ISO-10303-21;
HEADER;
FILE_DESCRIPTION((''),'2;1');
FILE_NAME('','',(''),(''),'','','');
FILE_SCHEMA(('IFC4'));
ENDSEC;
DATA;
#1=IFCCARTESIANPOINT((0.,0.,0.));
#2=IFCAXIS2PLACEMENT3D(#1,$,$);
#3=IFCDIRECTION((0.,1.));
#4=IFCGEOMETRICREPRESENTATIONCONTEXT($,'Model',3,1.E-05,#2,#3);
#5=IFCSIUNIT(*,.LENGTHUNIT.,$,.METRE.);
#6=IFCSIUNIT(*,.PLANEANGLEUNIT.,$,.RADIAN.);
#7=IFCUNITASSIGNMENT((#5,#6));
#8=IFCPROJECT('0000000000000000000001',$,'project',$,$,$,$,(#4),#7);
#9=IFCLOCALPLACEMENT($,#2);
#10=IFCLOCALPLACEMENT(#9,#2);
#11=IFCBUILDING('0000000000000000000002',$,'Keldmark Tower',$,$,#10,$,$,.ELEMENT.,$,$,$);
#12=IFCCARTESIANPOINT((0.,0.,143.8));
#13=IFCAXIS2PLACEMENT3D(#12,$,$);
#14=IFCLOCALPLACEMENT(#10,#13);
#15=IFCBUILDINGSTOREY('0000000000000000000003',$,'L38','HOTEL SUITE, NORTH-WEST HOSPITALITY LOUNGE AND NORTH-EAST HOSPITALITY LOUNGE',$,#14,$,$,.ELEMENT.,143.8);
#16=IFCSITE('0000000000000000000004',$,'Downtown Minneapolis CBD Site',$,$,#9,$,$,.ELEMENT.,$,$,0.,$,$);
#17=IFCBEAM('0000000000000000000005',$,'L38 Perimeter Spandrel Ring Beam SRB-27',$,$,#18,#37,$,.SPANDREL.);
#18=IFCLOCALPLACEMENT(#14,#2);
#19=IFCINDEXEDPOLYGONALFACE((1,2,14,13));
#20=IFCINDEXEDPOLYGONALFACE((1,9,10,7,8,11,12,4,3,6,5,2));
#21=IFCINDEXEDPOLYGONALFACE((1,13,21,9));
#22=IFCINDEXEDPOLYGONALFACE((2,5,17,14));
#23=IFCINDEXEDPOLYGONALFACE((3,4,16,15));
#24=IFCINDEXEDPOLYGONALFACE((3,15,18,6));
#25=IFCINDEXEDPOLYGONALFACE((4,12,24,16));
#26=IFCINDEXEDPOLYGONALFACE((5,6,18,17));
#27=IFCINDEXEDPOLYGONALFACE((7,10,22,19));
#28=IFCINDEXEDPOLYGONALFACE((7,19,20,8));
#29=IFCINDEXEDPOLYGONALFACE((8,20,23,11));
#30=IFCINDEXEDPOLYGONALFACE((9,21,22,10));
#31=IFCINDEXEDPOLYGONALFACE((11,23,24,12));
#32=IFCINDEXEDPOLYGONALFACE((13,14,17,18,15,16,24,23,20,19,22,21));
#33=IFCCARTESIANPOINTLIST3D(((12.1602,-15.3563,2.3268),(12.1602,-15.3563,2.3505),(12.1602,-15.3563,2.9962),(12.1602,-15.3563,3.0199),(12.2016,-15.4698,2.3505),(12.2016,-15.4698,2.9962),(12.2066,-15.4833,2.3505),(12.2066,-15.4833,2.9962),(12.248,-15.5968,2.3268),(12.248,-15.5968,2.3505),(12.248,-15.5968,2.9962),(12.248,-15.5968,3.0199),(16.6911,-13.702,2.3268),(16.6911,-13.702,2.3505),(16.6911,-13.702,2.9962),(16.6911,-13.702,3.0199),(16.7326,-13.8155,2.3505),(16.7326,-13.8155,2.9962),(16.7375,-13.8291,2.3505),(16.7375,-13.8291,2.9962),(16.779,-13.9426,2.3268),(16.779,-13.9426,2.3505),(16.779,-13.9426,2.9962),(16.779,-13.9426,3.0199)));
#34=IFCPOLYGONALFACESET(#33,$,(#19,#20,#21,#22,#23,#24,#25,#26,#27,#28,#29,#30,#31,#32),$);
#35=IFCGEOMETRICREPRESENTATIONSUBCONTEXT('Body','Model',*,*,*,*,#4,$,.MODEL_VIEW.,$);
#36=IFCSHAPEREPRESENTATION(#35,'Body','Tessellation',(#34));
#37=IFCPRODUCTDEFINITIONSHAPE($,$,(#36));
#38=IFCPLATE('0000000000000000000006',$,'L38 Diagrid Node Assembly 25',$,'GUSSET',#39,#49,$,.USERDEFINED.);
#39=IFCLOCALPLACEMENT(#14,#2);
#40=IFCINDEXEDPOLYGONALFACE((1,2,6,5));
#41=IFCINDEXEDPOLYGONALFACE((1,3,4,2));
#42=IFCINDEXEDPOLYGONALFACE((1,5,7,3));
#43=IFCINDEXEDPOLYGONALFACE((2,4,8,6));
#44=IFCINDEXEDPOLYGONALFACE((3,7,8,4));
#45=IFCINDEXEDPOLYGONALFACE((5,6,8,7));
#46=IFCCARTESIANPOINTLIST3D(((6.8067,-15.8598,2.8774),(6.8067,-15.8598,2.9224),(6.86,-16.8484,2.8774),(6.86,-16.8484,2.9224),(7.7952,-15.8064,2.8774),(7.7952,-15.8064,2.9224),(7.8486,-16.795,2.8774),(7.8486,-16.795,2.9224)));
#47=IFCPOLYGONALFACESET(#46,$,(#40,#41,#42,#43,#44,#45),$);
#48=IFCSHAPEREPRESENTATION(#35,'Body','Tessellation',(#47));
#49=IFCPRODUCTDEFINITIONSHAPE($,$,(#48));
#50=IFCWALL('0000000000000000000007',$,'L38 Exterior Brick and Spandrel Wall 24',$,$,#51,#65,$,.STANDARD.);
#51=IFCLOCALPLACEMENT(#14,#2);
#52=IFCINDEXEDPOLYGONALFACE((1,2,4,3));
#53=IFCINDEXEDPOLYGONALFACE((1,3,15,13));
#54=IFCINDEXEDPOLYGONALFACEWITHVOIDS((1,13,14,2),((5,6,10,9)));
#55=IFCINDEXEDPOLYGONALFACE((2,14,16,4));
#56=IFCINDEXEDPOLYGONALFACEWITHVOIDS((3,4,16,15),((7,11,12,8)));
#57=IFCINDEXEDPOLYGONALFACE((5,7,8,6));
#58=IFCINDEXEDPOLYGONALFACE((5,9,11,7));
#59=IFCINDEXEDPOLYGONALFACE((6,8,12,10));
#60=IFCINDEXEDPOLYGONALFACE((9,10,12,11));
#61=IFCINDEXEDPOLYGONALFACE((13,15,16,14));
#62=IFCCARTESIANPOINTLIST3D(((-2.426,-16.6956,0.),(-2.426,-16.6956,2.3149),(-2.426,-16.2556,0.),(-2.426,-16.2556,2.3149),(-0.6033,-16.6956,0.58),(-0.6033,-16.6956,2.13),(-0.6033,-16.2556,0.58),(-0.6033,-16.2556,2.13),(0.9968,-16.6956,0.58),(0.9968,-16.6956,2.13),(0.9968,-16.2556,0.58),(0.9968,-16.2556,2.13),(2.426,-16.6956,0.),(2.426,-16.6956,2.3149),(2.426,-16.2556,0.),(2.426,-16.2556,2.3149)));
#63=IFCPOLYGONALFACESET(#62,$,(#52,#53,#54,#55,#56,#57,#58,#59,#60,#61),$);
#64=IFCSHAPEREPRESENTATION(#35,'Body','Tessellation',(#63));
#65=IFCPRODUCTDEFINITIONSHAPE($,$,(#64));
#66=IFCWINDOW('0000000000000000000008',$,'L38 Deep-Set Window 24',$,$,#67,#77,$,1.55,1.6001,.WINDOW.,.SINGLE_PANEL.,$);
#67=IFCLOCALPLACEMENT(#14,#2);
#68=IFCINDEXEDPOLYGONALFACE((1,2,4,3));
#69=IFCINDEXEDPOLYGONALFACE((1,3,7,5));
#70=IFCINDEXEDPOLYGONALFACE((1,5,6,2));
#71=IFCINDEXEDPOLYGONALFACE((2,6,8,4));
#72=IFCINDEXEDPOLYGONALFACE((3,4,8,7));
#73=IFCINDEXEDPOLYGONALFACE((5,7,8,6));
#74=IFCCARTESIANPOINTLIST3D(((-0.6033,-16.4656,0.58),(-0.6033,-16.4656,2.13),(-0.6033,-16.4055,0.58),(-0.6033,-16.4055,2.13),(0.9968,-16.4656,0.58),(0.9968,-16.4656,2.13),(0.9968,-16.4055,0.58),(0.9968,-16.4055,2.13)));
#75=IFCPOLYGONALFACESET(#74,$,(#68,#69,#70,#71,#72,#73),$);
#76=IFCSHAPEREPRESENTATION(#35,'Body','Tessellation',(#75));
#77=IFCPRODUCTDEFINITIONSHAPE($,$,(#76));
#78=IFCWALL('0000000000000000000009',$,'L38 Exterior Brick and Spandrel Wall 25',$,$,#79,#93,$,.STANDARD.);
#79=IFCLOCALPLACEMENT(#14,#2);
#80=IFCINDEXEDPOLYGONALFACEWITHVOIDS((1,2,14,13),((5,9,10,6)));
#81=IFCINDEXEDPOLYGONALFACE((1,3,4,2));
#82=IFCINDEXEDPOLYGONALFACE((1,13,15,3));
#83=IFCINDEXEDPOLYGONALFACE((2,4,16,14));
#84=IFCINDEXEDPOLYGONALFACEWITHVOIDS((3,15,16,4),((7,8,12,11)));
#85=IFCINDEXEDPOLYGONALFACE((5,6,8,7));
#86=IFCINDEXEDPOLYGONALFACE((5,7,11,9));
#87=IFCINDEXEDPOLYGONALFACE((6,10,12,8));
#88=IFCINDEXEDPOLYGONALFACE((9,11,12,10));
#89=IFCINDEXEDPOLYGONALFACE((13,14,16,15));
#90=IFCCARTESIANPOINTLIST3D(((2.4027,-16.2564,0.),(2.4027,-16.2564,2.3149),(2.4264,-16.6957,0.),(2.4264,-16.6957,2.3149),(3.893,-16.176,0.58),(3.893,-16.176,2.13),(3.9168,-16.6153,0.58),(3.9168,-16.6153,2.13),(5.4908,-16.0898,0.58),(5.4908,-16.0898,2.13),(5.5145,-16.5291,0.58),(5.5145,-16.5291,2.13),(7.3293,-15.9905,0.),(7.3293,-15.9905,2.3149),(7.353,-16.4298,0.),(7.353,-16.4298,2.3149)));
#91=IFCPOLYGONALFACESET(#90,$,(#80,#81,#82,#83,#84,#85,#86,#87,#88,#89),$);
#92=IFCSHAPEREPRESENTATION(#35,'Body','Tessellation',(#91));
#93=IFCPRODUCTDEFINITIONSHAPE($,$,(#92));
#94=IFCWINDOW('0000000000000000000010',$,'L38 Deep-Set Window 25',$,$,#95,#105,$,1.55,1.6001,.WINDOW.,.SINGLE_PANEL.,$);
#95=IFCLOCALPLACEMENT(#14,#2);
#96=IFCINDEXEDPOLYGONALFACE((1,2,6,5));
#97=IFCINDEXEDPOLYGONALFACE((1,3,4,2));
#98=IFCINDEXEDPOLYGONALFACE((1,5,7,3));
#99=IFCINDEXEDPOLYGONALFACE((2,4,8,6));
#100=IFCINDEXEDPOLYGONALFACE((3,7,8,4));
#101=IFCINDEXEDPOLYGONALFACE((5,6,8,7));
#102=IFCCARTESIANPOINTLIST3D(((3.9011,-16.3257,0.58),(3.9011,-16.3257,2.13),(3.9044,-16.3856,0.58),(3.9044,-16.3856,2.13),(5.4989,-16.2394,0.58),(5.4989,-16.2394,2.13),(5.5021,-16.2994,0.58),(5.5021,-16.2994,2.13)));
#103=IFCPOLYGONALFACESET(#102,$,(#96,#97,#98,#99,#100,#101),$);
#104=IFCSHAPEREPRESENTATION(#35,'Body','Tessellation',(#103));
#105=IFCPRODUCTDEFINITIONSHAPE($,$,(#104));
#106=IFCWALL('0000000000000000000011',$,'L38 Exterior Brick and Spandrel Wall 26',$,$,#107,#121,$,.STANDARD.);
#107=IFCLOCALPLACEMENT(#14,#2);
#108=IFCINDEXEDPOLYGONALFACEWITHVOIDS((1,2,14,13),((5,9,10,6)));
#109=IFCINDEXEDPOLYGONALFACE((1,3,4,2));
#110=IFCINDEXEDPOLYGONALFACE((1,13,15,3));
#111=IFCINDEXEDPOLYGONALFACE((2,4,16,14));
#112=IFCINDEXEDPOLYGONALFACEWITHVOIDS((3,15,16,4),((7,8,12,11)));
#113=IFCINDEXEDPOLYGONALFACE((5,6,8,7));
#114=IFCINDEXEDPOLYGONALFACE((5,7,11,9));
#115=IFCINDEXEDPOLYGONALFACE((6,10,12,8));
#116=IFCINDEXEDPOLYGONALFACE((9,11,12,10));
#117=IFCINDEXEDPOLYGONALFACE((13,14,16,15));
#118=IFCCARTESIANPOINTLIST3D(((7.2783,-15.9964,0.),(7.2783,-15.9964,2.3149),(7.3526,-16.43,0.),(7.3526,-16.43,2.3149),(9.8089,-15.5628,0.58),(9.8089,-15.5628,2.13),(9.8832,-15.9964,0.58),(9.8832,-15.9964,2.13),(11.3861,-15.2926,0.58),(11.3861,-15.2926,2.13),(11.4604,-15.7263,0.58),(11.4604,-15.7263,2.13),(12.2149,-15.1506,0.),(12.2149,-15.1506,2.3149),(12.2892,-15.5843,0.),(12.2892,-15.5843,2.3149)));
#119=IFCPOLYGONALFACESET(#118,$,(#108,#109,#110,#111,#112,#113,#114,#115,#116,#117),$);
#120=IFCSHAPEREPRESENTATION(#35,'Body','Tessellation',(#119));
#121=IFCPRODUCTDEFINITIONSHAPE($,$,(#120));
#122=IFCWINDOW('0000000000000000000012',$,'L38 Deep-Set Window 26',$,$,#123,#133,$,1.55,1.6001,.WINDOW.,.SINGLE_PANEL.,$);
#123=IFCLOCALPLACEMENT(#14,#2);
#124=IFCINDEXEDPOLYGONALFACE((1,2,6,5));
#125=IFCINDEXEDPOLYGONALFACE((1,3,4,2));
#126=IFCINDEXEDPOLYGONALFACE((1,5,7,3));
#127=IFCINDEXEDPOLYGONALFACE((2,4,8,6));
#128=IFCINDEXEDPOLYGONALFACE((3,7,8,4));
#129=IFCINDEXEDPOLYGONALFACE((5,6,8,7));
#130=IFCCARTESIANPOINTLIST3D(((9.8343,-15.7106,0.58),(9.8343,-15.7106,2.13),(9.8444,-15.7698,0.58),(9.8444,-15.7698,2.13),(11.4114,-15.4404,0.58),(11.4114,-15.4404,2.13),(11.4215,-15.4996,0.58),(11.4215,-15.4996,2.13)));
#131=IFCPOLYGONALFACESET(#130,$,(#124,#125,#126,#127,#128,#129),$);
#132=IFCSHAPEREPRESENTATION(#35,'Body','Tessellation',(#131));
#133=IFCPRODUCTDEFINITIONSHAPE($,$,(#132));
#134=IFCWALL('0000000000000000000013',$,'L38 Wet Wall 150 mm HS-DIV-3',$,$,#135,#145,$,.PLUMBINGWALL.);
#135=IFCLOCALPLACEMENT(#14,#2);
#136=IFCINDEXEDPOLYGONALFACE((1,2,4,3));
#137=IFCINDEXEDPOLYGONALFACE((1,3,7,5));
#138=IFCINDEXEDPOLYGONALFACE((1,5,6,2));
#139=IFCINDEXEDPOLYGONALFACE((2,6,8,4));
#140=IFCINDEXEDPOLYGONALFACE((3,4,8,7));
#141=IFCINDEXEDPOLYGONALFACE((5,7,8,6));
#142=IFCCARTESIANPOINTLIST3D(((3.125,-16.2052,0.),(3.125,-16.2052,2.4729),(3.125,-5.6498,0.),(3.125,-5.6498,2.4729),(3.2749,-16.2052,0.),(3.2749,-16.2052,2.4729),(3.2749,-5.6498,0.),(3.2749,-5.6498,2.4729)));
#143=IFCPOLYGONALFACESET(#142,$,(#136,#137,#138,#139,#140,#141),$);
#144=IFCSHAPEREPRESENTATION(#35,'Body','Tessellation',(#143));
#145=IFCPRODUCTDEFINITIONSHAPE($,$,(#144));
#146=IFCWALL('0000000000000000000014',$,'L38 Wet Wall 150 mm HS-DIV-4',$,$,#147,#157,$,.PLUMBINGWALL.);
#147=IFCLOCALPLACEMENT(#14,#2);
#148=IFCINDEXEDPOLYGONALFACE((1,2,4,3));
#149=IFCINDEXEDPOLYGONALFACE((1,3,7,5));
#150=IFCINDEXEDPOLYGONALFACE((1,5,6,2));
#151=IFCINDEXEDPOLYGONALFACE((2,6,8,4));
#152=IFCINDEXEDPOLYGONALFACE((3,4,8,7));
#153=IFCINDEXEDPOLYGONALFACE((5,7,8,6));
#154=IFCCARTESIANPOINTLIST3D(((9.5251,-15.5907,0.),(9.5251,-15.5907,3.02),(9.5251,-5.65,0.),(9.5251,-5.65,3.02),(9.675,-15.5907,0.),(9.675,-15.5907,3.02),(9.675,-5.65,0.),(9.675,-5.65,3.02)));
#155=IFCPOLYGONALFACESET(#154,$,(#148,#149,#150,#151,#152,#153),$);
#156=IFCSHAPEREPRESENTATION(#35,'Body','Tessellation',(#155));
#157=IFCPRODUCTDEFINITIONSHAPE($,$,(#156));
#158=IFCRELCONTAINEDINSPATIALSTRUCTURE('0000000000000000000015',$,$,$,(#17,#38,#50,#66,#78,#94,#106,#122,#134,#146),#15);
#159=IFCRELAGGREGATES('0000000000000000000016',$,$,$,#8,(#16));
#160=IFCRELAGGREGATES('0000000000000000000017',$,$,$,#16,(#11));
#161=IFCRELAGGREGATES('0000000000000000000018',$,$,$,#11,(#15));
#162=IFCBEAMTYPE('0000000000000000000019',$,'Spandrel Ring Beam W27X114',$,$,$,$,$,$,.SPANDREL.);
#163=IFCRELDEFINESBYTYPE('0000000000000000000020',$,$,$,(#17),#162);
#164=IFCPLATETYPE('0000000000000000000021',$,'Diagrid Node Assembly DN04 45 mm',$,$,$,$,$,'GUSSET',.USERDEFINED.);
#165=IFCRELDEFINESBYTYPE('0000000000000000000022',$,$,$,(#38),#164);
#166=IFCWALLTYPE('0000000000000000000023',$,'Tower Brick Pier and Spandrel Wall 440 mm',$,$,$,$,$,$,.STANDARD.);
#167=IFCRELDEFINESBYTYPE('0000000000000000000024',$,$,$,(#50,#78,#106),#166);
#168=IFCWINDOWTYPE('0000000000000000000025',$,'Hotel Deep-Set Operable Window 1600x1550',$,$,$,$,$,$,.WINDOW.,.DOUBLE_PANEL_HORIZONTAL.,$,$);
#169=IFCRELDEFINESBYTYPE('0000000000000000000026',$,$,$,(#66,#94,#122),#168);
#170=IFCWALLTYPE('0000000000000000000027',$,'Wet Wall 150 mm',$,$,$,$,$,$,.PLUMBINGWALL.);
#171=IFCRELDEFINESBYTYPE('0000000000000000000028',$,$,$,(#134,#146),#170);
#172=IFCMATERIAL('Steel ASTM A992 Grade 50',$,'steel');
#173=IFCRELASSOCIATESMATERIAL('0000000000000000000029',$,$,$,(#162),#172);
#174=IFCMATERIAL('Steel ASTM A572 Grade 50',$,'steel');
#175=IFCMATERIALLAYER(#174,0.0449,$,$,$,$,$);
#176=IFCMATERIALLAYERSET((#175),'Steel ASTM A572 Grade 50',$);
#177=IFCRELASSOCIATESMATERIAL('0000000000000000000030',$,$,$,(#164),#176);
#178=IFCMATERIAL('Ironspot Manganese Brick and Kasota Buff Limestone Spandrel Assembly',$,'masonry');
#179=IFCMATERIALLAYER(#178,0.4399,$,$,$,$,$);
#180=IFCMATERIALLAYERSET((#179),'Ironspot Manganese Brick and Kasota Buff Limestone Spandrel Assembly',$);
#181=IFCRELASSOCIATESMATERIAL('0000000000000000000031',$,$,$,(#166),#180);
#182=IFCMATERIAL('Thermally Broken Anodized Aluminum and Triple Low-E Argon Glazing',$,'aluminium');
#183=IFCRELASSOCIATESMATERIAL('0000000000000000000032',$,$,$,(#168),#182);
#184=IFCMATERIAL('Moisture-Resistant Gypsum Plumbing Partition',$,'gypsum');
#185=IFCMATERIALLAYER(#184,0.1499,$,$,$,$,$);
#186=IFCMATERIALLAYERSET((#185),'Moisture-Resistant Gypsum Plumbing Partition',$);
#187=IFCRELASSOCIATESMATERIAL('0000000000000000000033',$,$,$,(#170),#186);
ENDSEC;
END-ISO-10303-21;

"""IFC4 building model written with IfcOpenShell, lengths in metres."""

from ifc_helpers import new_model, si_unit, direction, frame, frame_2d, origin, origin_2d, place, context, subcontext, project, spatial, rectangle, i_section, extrude, material, layer, layer_set, material_profile, profile_set, type_object, element, fill, save


model = new_model("IFC4")

# Units and contexts
model_context = context("Model", 3, precision=1e-05, world=origin(), true_north=direction((0.0, 1.0)))
body_context = subcontext(model_context, "Body", "Model", "MODEL_VIEW")
ifc_project = project(units=[si_unit("LENGTHUNIT", "METRE"), si_unit("PLANEANGLEUNIT", "RADIAN")], contexts=[model_context])

# Site, building, storey
site_placement = place(None, origin())
site = spatial("IfcSite", under=ifc_project, at=site_placement, Name="Downtown Minneapolis CBD Site", CompositionType="ELEMENT", RefElevation=0.0)
building_placement = place(site_placement, origin())
building = spatial("IfcBuilding", under=site, at=building_placement, Name="Keldmark Tower", CompositionType="ELEMENT")
storey_placement = place(building_placement, frame((0.0, 0.0, 143.8)))
storey = spatial("IfcBuildingStorey", under=building, at=storey_placement, Name="L38", Description="HOTEL SUITE, NORTH-WEST HOSPITALITY LOUNGE AND NORTH-EAST HOSPITALITY LOUNGE", CompositionType="ELEMENT", Elevation=143.8)

# Beam
ifc_material_1 = material(Name="Steel ASTM A992 Grade 50", Category="steel")
ifc_material_profile_1 = material_profile(ifc_material_1, i_section(OverallWidth=0.2561, OverallDepth=0.6931, WebThickness=0.0144, FlangeThickness=0.0237, at=origin_2d()), Name="W27X114")
ifc_profile_set_1 = profile_set([ifc_material_profile_1], Name="Steel ASTM A992 Grade 50")
beam_type_1 = type_object("IfcBeamType", Name="Spandrel Ring Beam W27X114", PredefinedType="SPANDREL", material=ifc_profile_set_1)
beam_1_placement = place(storey_placement, frame((12.2041, -15.4766, 2.6733), z_axis=(0.939349, 0.342962, 0.0), x_axis=(-0.342962, 0.939349, 0.0)))
element("IfcBeam", 1, at=beam_1_placement, inside=storey, type_object=beam_type_1, Name="L38 Perimeter Spandrel Ring Beam SRB-27", PredefinedType="SPANDREL", context=body_context, shape_type="SweptSolid", body=[
    extrude(i_section(OverallWidth=0.2561, OverallDepth=0.6931, WebThickness=0.0144, FlangeThickness=0.0237, at=origin_2d()), origin(), (0.0, 0.0, 1.0), 4.8235),
])

# Plate
ifc_material_2 = material(Name="Steel ASTM A572 Grade 50", Category="steel")
ifc_layer_1 = layer(ifc_material_2, 0.0449)
ifc_layer_set_1 = layer_set([ifc_layer_1], Name="Steel ASTM A572 Grade 50")
plate_type = type_object("IfcPlateType", Name="Diagrid Node Assembly DN04 45 mm", ElementType="GUSSET", PredefinedType="USERDEFINED", material=ifc_layer_set_1)
plate_placement = place(storey_placement, frame((7.3276, -16.3274, 2.8774), z_axis=(0.0, 0.0, 1.0), x_axis=(0.998546, 0.053905, 0.0)))
element("IfcPlate", 2, at=plate_placement, inside=storey, type_object=plate_type, Name="L38 Diagrid Node Assembly 25", ObjectType="GUSSET", PredefinedType="USERDEFINED", context=body_context, shape_type="SweptSolid", body=[
    extrude(rectangle(XDim=0.99, YDim=0.99, at=origin_2d()), origin(), (0.0, 0.0, 1.0), 0.0449),
])

# Walls, openings, windows
ifc_material_3 = material(Name="Ironspot Manganese Brick and Kasota Buff Limestone Spandrel Assembly", Category="masonry")
ifc_layer_2 = layer(ifc_material_3, 0.4399)
ifc_layer_set_2 = layer_set([ifc_layer_2], Name="Ironspot Manganese Brick and Kasota Buff Limestone Spandrel Assembly")
wall_type_1 = type_object("IfcWallType", Name="Tower Brick Pier and Spandrel Wall 440 mm", PredefinedType="STANDARD", material=ifc_layer_set_2)
wall_1_placement = place(storey_placement, frame((2.426, -16.4756, 0.0), z_axis=(0.0, 0.0, 1.0), x_axis=(-1.0, 0.0, 0.0)))
wall_1 = element("IfcWall", 3, at=wall_1_placement, inside=storey, type_object=wall_type_1, Name="L38 Exterior Brick and Spandrel Wall 24", PredefinedType="STANDARD", context=body_context, shape_type="SweptSolid", body=[
    extrude(rectangle(XDim=4.8521, YDim=0.4399, at=frame_2d((2.426, 0.0))), origin(), (0.0, 0.0, 1.0), 2.3149),
])
opening_1_placement = place(wall_1_placement, frame((1.4292, 0.0, 0.5801)))
opening_1 = element("IfcOpeningElement", 4, at=opening_1_placement, cuts=wall_1, PredefinedType="OPENING", context=body_context, shape_type="SweptSolid", body=[
    extrude(rectangle(XDim=1.6001, YDim=1.55, at=frame_2d((0.8, 0.7749))), frame((0.0, 0.23, 0.0), z_axis=(0.0, -1.0, 0.0), x_axis=(1.0, 0.0, 0.0)), (0.0, 0.0, 1.0), 0.46),
])
ifc_material_4 = material(Name="Thermally Broken Anodized Aluminum and Triple Low-E Argon Glazing", Category="aluminium")
window_type = type_object("IfcWindowType", Name="Hotel Deep-Set Operable Window 1600x1550", PartitioningType="DOUBLE_PANEL_HORIZONTAL", PredefinedType="WINDOW", material=ifc_material_4)
window_1_placement = place(opening_1_placement, origin())
window_1 = element("IfcWindow", 5, at=window_1_placement, inside=storey, type_object=window_type, Name="L38 Deep-Set Window 24", OverallHeight=1.55, OverallWidth=1.6001, PartitioningType="SINGLE_PANEL", PredefinedType="WINDOW", context=body_context, shape_type="SweptSolid", body=[
    extrude(rectangle(XDim=1.6001, YDim=1.55, at=frame_2d((0.8, 0.7749))), frame((0.0, -0.01, 0.0), z_axis=(0.0, -1.0, 0.0), x_axis=(1.0, 0.0, 0.0)), (0.0, 0.0, 1.0), 0.0601),
])
fill(opening_1, window_1)
wall_2_placement = place(storey_placement, frame((7.3411, -16.2102, 0.0), z_axis=(0.0, 0.0, 1.0), x_axis=(-0.998547, -0.053886, 0.0)))
wall_2 = element("IfcWall", 6, at=wall_2_placement, inside=storey, type_object=wall_type_1, Name="L38 Exterior Brick and Spandrel Wall 25", PredefinedType="STANDARD", context=body_context, shape_type="SweptSolid", body=[
    extrude(rectangle(XDim=4.9338, YDim=0.4399, at=frame_2d((2.4668, 0.0))), origin(), (0.0, 0.0, 1.0), 2.3149),
])
opening_2_placement = place(wall_2_placement, frame((1.8411, 0.0, 0.5801)))
opening_2 = element("IfcOpeningElement", 7, at=opening_2_placement, cuts=wall_2, PredefinedType="OPENING", context=body_context, shape_type="SweptSolid", body=[
    extrude(rectangle(XDim=1.6001, YDim=1.55, at=frame_2d((0.8, 0.7749))), frame((0.0, 0.23, 0.0), z_axis=(0.0, -1.0, 0.0), x_axis=(1.0, 0.0, 0.0)), (0.0, 0.0, 1.0), 0.46),
])
window_2_placement = place(opening_2_placement, origin())
window_2 = element("IfcWindow", 8, at=window_2_placement, inside=storey, type_object=window_type, Name="L38 Deep-Set Window 25", OverallHeight=1.55, OverallWidth=1.6001, PartitioningType="SINGLE_PANEL", PredefinedType="WINDOW", context=body_context, shape_type="SweptSolid", body=[
    extrude(rectangle(XDim=1.6001, YDim=1.55, at=frame_2d((0.8, 0.7749))), frame((0.0, -0.01, 0.0), z_axis=(0.0, -1.0, 0.0), x_axis=(1.0, 0.0, 0.0)), (0.0, 0.0, 1.0), 0.0601),
])
fill(opening_2, window_2)
wall_3_placement = place(storey_placement, frame((12.2522, -15.3674, 0.0), z_axis=(0.0, 0.0, 1.0), x_axis=(-0.985641, -0.168856, 0.0)))
wall_3 = element("IfcWall", 9, at=wall_3_placement, inside=storey, type_object=wall_type_1, Name="L38 Exterior Brick and Spandrel Wall 26", PredefinedType="STANDARD", context=body_context, shape_type="SweptSolid", body=[
    extrude(rectangle(XDim=5.0085, YDim=0.4399, at=frame_2d((2.5044, 0.0))), origin(), (0.0, 0.0, 1.0), 2.3149),
])
opening_3_placement = place(wall_3_placement, frame((0.8411, 0.0, 0.5801)))
opening_3 = element("IfcOpeningElement", 10, at=opening_3_placement, cuts=wall_3, PredefinedType="OPENING", context=body_context, shape_type="SweptSolid", body=[
    extrude(rectangle(XDim=1.6001, YDim=1.55, at=frame_2d((0.8, 0.7749))), frame((0.0, 0.23, 0.0), z_axis=(0.0, -1.0, 0.0), x_axis=(1.0, 0.0, 0.0)), (0.0, 0.0, 1.0), 0.46),
])
window_3_placement = place(opening_3_placement, origin())
window_3 = element("IfcWindow", 11, at=window_3_placement, inside=storey, type_object=window_type, Name="L38 Deep-Set Window 26", OverallHeight=1.55, OverallWidth=1.6001, PartitioningType="SINGLE_PANEL", PredefinedType="WINDOW", context=body_context, shape_type="SweptSolid", body=[
    extrude(rectangle(XDim=1.6001, YDim=1.55, at=frame_2d((0.8, 0.7749))), frame((0.0, -0.01, 0.0), z_axis=(0.0, -1.0, 0.0), x_axis=(1.0, 0.0, 0.0)), (0.0, 0.0, 1.0), 0.0601),
])
fill(opening_3, window_3)

# Walls
ifc_material_5 = material(Name="Moisture-Resistant Gypsum Plumbing Partition", Category="gypsum")
ifc_layer_3 = layer(ifc_material_5, 0.1499)
ifc_layer_set_3 = layer_set([ifc_layer_3], Name="Moisture-Resistant Gypsum Plumbing Partition")
wall_type_2 = type_object("IfcWallType", Name="Wet Wall 150 mm", PredefinedType="PLUMBINGWALL", material=ifc_layer_set_3)
wall_4_placement = place(storey_placement, frame((3.2, -16.2053, 0.0), z_axis=(0.0, 0.0, 1.0), x_axis=(0.0, 1.0, 0.0)))
element("IfcWall", 12, at=wall_4_placement, inside=storey, type_object=wall_type_2, Name="L38 Wet Wall 150 mm HS-DIV-3", PredefinedType="PLUMBINGWALL", context=body_context, shape_type="SweptSolid", body=[
    extrude(rectangle(XDim=10.5554, YDim=0.1499, at=frame_2d((5.2778, 0.0))), origin(), (0.0, 0.0, 1.0), 2.4729),
])
wall_5_placement = place(storey_placement, frame((9.6001, -15.5906, 0.0), z_axis=(0.0, 0.0, 1.0), x_axis=(0.0, 1.0, 0.0)))
element("IfcWall", 13, at=wall_5_placement, inside=storey, type_object=wall_type_2, Name="L38 Wet Wall 150 mm HS-DIV-4", PredefinedType="PLUMBINGWALL", context=body_context, shape_type="SweptSolid", body=[
    extrude(rectangle(XDim=9.9407, YDim=0.1499, at=frame_2d((4.9702, 0.0))), origin(), (0.0, 0.0, 1.0), 3.02),
])

save(model, "model.ifc")
